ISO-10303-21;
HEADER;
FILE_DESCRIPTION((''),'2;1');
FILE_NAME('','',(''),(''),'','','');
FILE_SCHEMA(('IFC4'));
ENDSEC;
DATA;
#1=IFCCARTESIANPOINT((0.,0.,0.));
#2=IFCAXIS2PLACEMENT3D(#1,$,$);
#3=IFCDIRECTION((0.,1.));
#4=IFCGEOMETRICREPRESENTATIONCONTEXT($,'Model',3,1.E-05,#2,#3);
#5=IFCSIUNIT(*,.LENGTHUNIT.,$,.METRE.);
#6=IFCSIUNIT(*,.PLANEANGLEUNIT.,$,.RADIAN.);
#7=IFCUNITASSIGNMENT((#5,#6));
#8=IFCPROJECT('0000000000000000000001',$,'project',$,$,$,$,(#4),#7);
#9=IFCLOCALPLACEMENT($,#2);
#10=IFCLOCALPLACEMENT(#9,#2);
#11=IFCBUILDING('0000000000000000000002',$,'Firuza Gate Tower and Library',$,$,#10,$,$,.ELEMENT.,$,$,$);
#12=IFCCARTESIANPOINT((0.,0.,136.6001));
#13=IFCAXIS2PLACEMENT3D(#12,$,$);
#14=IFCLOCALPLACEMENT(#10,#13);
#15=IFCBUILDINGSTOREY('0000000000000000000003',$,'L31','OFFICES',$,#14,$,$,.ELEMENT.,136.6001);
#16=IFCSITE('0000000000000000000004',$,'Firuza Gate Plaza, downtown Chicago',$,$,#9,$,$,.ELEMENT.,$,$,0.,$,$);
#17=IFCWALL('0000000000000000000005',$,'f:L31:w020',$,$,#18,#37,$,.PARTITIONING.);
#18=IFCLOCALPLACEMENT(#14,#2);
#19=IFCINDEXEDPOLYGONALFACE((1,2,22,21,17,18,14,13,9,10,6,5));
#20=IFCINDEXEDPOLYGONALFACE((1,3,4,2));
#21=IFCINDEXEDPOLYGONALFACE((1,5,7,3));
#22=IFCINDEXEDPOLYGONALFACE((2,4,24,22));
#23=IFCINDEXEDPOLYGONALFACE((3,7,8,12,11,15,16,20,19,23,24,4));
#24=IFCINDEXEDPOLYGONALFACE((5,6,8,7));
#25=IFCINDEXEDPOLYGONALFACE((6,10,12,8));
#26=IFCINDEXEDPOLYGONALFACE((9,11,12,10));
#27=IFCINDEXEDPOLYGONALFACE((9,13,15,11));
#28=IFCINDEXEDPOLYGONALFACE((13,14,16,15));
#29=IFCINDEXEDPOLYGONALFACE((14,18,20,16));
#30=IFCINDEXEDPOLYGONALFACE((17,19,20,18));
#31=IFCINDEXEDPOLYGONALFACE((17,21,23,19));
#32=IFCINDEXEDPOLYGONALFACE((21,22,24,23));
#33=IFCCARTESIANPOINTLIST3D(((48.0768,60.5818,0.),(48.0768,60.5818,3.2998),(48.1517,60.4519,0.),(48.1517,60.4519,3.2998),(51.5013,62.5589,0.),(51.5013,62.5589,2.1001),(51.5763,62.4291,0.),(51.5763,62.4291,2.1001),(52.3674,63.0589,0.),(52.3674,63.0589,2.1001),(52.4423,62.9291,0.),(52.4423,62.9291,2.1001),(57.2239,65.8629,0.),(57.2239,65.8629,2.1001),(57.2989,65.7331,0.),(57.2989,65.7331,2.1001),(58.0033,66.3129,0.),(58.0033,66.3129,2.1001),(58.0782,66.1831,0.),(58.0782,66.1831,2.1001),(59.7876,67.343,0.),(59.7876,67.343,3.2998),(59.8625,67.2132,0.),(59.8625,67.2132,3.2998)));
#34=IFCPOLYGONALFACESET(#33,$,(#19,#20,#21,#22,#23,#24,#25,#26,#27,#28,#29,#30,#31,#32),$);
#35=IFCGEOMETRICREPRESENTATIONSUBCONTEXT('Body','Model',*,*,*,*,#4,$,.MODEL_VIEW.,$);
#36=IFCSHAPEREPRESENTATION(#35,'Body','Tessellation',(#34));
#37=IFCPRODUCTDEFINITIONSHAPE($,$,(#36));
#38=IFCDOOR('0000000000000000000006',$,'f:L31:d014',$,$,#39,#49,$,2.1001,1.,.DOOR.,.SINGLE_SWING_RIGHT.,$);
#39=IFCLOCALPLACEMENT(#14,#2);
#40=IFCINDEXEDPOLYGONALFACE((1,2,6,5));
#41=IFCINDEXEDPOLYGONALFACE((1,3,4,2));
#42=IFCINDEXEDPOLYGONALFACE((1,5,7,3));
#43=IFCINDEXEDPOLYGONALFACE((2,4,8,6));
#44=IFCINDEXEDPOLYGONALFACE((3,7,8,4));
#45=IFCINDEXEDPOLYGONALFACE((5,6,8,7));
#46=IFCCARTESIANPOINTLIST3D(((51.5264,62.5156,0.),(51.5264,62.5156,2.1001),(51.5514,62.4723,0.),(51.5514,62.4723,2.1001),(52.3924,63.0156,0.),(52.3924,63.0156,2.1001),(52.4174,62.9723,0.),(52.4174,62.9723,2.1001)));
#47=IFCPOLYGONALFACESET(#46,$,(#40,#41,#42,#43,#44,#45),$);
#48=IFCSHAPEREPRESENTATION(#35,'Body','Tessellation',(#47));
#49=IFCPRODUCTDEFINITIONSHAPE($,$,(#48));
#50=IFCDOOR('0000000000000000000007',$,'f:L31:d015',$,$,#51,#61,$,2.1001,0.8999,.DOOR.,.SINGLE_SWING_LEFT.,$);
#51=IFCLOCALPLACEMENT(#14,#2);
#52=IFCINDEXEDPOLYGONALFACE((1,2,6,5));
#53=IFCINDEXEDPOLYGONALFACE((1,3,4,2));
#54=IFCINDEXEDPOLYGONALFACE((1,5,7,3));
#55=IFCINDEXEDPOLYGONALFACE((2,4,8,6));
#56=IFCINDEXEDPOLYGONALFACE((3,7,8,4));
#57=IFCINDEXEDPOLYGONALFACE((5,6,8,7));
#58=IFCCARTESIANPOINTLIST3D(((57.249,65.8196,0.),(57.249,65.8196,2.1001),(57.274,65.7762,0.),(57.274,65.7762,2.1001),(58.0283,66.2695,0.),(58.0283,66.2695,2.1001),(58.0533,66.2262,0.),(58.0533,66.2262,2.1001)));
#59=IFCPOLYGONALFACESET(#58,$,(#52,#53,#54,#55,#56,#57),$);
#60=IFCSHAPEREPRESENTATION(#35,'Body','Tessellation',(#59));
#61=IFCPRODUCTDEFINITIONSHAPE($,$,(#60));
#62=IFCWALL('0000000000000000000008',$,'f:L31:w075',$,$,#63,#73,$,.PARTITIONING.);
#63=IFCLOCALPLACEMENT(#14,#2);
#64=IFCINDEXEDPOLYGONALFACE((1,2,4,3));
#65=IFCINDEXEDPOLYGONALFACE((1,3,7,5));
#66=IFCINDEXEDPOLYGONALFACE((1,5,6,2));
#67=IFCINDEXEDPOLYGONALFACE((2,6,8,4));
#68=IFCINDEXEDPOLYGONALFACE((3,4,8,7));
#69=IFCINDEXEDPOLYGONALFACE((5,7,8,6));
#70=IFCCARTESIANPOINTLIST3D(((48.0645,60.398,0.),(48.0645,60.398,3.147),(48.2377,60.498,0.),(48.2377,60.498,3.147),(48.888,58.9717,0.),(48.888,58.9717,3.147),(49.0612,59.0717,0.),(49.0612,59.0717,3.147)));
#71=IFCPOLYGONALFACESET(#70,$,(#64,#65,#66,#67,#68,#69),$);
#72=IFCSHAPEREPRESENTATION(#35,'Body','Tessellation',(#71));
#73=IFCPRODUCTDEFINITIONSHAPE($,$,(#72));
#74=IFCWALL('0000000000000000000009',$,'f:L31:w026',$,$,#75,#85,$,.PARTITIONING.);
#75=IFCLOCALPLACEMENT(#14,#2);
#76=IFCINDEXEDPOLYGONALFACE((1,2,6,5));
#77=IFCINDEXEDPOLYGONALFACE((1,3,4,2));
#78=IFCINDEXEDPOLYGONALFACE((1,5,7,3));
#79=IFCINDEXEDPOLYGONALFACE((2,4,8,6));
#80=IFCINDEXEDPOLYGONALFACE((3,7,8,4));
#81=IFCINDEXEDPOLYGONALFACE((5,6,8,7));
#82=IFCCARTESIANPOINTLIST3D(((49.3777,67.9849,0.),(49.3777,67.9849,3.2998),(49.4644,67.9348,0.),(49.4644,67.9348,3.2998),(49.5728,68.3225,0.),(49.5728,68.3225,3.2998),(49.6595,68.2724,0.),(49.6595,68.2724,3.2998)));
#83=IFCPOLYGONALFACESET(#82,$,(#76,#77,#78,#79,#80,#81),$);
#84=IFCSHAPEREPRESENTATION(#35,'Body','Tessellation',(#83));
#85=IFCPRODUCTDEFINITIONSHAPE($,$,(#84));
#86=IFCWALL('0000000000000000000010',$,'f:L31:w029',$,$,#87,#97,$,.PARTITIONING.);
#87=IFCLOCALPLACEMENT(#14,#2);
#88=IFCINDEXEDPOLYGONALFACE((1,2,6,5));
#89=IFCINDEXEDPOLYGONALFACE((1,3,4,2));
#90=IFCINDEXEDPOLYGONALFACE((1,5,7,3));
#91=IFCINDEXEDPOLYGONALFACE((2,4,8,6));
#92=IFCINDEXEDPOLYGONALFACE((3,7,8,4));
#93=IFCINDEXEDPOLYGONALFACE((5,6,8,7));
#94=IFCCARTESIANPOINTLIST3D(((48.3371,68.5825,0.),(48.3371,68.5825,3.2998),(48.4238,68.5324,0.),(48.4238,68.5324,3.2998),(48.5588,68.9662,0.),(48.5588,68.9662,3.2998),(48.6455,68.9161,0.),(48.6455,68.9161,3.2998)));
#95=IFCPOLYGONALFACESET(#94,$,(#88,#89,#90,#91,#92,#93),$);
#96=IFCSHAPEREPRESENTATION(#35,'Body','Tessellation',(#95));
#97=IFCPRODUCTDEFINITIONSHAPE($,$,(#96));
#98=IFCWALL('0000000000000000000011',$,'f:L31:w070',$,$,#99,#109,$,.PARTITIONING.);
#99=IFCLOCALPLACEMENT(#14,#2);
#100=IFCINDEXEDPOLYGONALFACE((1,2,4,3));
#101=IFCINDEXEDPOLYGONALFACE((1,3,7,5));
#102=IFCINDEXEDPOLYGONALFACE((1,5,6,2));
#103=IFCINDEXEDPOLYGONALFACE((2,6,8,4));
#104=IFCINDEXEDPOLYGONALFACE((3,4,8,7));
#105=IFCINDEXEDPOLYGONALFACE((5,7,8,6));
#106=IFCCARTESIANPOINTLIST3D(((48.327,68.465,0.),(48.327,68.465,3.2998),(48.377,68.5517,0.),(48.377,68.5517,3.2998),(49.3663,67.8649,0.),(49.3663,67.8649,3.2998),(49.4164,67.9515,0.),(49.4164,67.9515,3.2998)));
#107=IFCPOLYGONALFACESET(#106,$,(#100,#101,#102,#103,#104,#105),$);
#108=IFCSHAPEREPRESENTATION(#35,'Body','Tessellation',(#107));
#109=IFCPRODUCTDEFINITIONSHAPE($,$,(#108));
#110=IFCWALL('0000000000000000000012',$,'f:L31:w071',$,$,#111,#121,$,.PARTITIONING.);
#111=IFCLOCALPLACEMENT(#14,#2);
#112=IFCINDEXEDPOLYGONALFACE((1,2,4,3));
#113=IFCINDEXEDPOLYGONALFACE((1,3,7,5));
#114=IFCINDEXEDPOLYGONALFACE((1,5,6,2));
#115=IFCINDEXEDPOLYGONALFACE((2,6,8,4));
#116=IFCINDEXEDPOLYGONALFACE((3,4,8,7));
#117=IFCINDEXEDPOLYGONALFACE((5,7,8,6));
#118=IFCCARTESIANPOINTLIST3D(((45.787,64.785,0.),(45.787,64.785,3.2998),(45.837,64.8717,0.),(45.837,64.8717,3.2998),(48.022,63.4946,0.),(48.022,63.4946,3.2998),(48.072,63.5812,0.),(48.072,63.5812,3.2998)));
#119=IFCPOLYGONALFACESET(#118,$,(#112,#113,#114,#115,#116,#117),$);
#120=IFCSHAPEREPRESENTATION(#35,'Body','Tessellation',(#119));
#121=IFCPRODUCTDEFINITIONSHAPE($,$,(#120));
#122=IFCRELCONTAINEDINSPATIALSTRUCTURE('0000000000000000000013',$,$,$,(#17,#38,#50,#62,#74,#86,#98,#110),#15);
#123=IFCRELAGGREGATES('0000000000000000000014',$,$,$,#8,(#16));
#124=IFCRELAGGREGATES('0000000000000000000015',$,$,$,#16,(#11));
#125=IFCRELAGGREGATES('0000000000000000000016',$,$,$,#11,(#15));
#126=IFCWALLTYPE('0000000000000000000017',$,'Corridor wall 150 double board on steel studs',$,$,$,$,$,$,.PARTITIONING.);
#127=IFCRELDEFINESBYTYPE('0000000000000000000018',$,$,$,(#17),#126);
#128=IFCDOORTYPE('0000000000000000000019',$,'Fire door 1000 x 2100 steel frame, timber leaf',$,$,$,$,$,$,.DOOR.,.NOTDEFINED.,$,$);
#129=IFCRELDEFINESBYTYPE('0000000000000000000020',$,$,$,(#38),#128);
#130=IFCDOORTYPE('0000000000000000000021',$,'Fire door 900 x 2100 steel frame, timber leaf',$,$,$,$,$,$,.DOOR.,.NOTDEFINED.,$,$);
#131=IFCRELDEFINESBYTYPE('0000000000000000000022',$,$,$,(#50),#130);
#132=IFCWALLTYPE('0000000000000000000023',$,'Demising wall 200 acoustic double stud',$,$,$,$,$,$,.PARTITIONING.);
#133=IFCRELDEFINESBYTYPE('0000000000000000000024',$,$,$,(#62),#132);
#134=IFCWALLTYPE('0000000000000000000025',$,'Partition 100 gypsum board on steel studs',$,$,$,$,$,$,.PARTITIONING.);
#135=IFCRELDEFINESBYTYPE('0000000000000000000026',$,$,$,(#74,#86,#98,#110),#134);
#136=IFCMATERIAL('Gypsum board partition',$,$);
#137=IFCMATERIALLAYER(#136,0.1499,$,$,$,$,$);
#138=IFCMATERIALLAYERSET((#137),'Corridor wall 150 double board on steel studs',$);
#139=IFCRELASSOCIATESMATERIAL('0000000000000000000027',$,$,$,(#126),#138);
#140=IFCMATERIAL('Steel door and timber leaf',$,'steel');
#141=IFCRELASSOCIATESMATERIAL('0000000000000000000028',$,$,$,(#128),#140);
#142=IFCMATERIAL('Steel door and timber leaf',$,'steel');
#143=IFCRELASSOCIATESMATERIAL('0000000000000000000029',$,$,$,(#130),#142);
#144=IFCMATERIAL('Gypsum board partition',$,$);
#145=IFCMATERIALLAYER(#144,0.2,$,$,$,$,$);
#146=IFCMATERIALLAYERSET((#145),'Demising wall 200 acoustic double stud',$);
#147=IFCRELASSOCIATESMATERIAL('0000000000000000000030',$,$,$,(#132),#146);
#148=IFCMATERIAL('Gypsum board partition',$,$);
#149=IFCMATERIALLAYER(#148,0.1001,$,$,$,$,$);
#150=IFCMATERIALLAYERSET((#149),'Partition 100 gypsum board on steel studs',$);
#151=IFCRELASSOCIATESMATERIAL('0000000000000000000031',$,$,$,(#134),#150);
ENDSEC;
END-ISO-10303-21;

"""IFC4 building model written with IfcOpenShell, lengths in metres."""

from ifc_helpers import new_model, si_unit, direction, frame, frame_2d, origin, place, context, subcontext, project, spatial, rectangle, extrude, material, layer, layer_set, type_object, element, fill, save


model = new_model("IFC4")

# Units and contexts
model_context = context("Model", 3, precision=1e-05, world=origin(), true_north=direction((0.0, 1.0)))
body_context = subcontext(model_context, "Body", "Model", "MODEL_VIEW")
ifc_project = project(units=[si_unit("LENGTHUNIT", "METRE"), si_unit("PLANEANGLEUNIT", "RADIAN")], contexts=[model_context])

# Site, building, storey
site_placement = place(None, origin())
site = spatial("IfcSite", under=ifc_project, at=site_placement, Name="Firuza Gate Plaza, downtown Chicago", CompositionType="ELEMENT", RefElevation=0.0)
building_placement = place(site_placement, origin())
building = spatial("IfcBuilding", under=site, at=building_placement, Name="Firuza Gate Tower and Library", CompositionType="ELEMENT")
storey_placement = place(building_placement, frame((0.0, 0.0, 136.6001)))
storey = spatial("IfcBuildingStorey", under=building, at=storey_placement, Name="L31", Description="OFFICES", CompositionType="ELEMENT", Elevation=136.6001)

# Wall, openings, doors
ifc_material_1 = material(Name="Gypsum board partition")
ifc_layer_1 = layer(ifc_material_1, 0.1499)
ifc_layer_set_1 = layer_set([ifc_layer_1], Name="Corridor wall 150 double board on steel studs")
wall_type_1 = type_object("IfcWallType", Name="Corridor wall 150 double board on steel studs", PredefinedType="PARTITIONING", material=ifc_layer_set_1)
wall_1_placement = place(storey_placement, frame((48.1143, 60.5168, 0.0), z_axis=(0.0, 0.0, 1.0), x_axis=(0.866024, 0.500003, 0.0)))
wall_1 = element("IfcWall", 1, at=wall_1_placement, inside=storey, type_object=wall_type_1, Name="f:L31:w020", PredefinedType="PARTITIONING", context=body_context, shape_type="SweptSolid", body=[
    extrude(rectangle(XDim=13.5225, YDim=0.1499, at=frame_2d((6.7612, 0.0))), origin(), (0.0, 0.0, 1.0), 3.2998),
])
opening_1_placement = place(wall_1_placement, frame((3.9543, 0.0, 0.0)))
opening_1 = element("IfcOpeningElement", 2, at=opening_1_placement, cuts=wall_1, PredefinedType="OPENING", context=body_context, shape_type="SweptSolid", body=[
    extrude(rectangle(XDim=1.0, YDim=2.1001, at=frame_2d((0.5, 1.05))), frame((0.0, 0.085, 0.0), z_axis=(0.0, -1.0, 0.0), x_axis=(1.0, 0.0, 0.0)), (0.0, 0.0, 1.0), 0.1699),
])
opening_2_placement = place(wall_1_placement, frame((10.5623, 0.0, 0.0)))
opening_2 = element("IfcOpeningElement", 3, at=opening_2_placement, cuts=wall_1, PredefinedType="OPENING", context=body_context, shape_type="SweptSolid", body=[
    extrude(rectangle(XDim=0.8999, YDim=2.1001, at=frame_2d((0.45, 1.05))), frame((0.0, 0.085, 0.0), z_axis=(0.0, -1.0, 0.0), x_axis=(1.0, 0.0, 0.0)), (0.0, 0.0, 1.0), 0.1699),
])
ifc_material_2 = material(Name="Steel door and timber leaf", Category="steel")
door_type_1 = type_object("IfcDoorType", Name="Fire door 1000 x 2100 steel frame, timber leaf", OperationType="NOTDEFINED", PredefinedType="DOOR", material=ifc_material_2)
door_1_placement = place(opening_1_placement, origin())
door_1 = element("IfcDoor", 4, at=door_1_placement, inside=storey, type_object=door_type_1, Name="f:L31:d014", OperationType="SINGLE_SWING_RIGHT", OverallHeight=2.1001, OverallWidth=1.0, PredefinedType="DOOR", context=body_context, shape_type="SweptSolid", body=[
    extrude(rectangle(XDim=1.0, YDim=2.1001, at=frame_2d((0.5, 1.05))), frame((0.0, 0.0249, 0.0), z_axis=(0.0, -1.0, 0.0), x_axis=(1.0, 0.0, 0.0)), (0.0, 0.0, 1.0), 0.05),
])
fill(opening_1, door_1)
ifc_material_3 = material(Name="Steel door and timber leaf", Category="steel")
door_type_2 = type_object("IfcDoorType", Name="Fire door 900 x 2100 steel frame, timber leaf", OperationType="NOTDEFINED", PredefinedType="DOOR", material=ifc_material_3)
door_2_placement = place(opening_2_placement, origin())
door_2 = element("IfcDoor", 5, at=door_2_placement, inside=storey, type_object=door_type_2, Name="f:L31:d015", OperationType="SINGLE_SWING_LEFT", OverallHeight=2.1001, OverallWidth=0.8999, PredefinedType="DOOR", context=body_context, shape_type="SweptSolid", body=[
    extrude(rectangle(XDim=0.8999, YDim=2.1001, at=frame_2d((0.45, 1.05))), frame((0.0, 0.0249, 0.0), z_axis=(0.0, -1.0, 0.0), x_axis=(1.0, 0.0, 0.0)), (0.0, 0.0, 1.0), 0.05),
])
fill(opening_2, door_2)

# Walls
ifc_material_4 = material(Name="Gypsum board partition")
ifc_layer_2 = layer(ifc_material_4, 0.2)
ifc_layer_set_2 = layer_set([ifc_layer_2], Name="Demising wall 200 acoustic double stud")
wall_type_2 = type_object("IfcWallType", Name="Demising wall 200 acoustic double stud", PredefinedType="PARTITIONING", material=ifc_layer_set_2)
wall_2_placement = place(storey_placement, frame((48.9746, 59.0217, 0.0), z_axis=(0.0, 0.0, 1.0), x_axis=(-0.500013, 0.866018, 0.0)))
element("IfcWall", 6, at=wall_2_placement, inside=storey, type_object=wall_type_2, Name="f:L31:w075", PredefinedType="PARTITIONING", context=body_context, shape_type="SweptSolid", body=[
    extrude(rectangle(XDim=1.647, YDim=0.2, at=frame_2d((0.8235, 0.0))), origin(), (0.0, 0.0, 1.0), 3.147),
])
ifc_material_5 = material(Name="Gypsum board partition")
ifc_layer_3 = layer(ifc_material_5, 0.1001)
ifc_layer_set_3 = layer_set([ifc_layer_3], Name="Partition 100 gypsum board on steel studs")
wall_type_3 = type_object("IfcWallType", Name="Partition 100 gypsum board on steel studs", PredefinedType="PARTITIONING", material=ifc_layer_set_3)
wall_3_placement = place(storey_placement, frame((49.4211, 67.96, 0.0), z_axis=(0.0, 0.0, 1.0), x_axis=(0.500246, 0.865883, 0.0)))
element("IfcWall", 7, at=wall_3_placement, inside=storey, type_object=wall_type_3, Name="f:L31:w026", PredefinedType="PARTITIONING", context=body_context, shape_type="SweptSolid", body=[
    extrude(rectangle(XDim=0.3899, YDim=0.1001, at=frame_2d((0.1948, 0.0))), origin(), (0.0, 0.0, 1.0), 3.2998),
])
wall_4_placement = place(storey_placement, frame((48.3804, 68.5574, 0.0), z_axis=(0.0, 0.0, 1.0), x_axis=(0.500406, 0.865791, 0.0)))
element("IfcWall", 8, at=wall_4_placement, inside=storey, type_object=wall_type_3, Name="f:L31:w029", PredefinedType="PARTITIONING", context=body_context, shape_type="SweptSolid", body=[
    extrude(rectangle(XDim=0.4431, YDim=0.1001, at=frame_2d((0.2217, 0.0))), origin(), (0.0, 0.0, 1.0), 3.2998),
])
wall_5_placement = place(storey_placement, frame((49.3914, 67.9082, 0.0), z_axis=(0.0, 0.0, 1.0), x_axis=(-0.866006, 0.500034, 0.0)))
element("IfcWall", 9, at=wall_5_placement, inside=storey, type_object=wall_type_3, Name="f:L31:w070", PredefinedType="PARTITIONING", context=body_context, shape_type="SweptSolid", body=[
    extrude(rectangle(XDim=1.2002, YDim=0.1001, at=frame_2d((0.6001, 0.0))), origin(), (0.0, 0.0, 1.0), 3.2998),
])
wall_6_placement = place(storey_placement, frame((48.0471, 63.5378, 0.0), z_axis=(0.0, 0.0, 1.0), x_axis=(-0.866011, 0.500025, 0.0)))
element("IfcWall", 10, at=wall_6_placement, inside=storey, type_object=wall_type_3, Name="f:L31:w071", PredefinedType="PARTITIONING", context=body_context, shape_type="SweptSolid", body=[
    extrude(rectangle(XDim=2.5808, YDim=0.1001, at=frame_2d((1.2905, 0.0))), origin(), (0.0, 0.0, 1.0), 3.2998),
])

save(model, "model.ifc")
